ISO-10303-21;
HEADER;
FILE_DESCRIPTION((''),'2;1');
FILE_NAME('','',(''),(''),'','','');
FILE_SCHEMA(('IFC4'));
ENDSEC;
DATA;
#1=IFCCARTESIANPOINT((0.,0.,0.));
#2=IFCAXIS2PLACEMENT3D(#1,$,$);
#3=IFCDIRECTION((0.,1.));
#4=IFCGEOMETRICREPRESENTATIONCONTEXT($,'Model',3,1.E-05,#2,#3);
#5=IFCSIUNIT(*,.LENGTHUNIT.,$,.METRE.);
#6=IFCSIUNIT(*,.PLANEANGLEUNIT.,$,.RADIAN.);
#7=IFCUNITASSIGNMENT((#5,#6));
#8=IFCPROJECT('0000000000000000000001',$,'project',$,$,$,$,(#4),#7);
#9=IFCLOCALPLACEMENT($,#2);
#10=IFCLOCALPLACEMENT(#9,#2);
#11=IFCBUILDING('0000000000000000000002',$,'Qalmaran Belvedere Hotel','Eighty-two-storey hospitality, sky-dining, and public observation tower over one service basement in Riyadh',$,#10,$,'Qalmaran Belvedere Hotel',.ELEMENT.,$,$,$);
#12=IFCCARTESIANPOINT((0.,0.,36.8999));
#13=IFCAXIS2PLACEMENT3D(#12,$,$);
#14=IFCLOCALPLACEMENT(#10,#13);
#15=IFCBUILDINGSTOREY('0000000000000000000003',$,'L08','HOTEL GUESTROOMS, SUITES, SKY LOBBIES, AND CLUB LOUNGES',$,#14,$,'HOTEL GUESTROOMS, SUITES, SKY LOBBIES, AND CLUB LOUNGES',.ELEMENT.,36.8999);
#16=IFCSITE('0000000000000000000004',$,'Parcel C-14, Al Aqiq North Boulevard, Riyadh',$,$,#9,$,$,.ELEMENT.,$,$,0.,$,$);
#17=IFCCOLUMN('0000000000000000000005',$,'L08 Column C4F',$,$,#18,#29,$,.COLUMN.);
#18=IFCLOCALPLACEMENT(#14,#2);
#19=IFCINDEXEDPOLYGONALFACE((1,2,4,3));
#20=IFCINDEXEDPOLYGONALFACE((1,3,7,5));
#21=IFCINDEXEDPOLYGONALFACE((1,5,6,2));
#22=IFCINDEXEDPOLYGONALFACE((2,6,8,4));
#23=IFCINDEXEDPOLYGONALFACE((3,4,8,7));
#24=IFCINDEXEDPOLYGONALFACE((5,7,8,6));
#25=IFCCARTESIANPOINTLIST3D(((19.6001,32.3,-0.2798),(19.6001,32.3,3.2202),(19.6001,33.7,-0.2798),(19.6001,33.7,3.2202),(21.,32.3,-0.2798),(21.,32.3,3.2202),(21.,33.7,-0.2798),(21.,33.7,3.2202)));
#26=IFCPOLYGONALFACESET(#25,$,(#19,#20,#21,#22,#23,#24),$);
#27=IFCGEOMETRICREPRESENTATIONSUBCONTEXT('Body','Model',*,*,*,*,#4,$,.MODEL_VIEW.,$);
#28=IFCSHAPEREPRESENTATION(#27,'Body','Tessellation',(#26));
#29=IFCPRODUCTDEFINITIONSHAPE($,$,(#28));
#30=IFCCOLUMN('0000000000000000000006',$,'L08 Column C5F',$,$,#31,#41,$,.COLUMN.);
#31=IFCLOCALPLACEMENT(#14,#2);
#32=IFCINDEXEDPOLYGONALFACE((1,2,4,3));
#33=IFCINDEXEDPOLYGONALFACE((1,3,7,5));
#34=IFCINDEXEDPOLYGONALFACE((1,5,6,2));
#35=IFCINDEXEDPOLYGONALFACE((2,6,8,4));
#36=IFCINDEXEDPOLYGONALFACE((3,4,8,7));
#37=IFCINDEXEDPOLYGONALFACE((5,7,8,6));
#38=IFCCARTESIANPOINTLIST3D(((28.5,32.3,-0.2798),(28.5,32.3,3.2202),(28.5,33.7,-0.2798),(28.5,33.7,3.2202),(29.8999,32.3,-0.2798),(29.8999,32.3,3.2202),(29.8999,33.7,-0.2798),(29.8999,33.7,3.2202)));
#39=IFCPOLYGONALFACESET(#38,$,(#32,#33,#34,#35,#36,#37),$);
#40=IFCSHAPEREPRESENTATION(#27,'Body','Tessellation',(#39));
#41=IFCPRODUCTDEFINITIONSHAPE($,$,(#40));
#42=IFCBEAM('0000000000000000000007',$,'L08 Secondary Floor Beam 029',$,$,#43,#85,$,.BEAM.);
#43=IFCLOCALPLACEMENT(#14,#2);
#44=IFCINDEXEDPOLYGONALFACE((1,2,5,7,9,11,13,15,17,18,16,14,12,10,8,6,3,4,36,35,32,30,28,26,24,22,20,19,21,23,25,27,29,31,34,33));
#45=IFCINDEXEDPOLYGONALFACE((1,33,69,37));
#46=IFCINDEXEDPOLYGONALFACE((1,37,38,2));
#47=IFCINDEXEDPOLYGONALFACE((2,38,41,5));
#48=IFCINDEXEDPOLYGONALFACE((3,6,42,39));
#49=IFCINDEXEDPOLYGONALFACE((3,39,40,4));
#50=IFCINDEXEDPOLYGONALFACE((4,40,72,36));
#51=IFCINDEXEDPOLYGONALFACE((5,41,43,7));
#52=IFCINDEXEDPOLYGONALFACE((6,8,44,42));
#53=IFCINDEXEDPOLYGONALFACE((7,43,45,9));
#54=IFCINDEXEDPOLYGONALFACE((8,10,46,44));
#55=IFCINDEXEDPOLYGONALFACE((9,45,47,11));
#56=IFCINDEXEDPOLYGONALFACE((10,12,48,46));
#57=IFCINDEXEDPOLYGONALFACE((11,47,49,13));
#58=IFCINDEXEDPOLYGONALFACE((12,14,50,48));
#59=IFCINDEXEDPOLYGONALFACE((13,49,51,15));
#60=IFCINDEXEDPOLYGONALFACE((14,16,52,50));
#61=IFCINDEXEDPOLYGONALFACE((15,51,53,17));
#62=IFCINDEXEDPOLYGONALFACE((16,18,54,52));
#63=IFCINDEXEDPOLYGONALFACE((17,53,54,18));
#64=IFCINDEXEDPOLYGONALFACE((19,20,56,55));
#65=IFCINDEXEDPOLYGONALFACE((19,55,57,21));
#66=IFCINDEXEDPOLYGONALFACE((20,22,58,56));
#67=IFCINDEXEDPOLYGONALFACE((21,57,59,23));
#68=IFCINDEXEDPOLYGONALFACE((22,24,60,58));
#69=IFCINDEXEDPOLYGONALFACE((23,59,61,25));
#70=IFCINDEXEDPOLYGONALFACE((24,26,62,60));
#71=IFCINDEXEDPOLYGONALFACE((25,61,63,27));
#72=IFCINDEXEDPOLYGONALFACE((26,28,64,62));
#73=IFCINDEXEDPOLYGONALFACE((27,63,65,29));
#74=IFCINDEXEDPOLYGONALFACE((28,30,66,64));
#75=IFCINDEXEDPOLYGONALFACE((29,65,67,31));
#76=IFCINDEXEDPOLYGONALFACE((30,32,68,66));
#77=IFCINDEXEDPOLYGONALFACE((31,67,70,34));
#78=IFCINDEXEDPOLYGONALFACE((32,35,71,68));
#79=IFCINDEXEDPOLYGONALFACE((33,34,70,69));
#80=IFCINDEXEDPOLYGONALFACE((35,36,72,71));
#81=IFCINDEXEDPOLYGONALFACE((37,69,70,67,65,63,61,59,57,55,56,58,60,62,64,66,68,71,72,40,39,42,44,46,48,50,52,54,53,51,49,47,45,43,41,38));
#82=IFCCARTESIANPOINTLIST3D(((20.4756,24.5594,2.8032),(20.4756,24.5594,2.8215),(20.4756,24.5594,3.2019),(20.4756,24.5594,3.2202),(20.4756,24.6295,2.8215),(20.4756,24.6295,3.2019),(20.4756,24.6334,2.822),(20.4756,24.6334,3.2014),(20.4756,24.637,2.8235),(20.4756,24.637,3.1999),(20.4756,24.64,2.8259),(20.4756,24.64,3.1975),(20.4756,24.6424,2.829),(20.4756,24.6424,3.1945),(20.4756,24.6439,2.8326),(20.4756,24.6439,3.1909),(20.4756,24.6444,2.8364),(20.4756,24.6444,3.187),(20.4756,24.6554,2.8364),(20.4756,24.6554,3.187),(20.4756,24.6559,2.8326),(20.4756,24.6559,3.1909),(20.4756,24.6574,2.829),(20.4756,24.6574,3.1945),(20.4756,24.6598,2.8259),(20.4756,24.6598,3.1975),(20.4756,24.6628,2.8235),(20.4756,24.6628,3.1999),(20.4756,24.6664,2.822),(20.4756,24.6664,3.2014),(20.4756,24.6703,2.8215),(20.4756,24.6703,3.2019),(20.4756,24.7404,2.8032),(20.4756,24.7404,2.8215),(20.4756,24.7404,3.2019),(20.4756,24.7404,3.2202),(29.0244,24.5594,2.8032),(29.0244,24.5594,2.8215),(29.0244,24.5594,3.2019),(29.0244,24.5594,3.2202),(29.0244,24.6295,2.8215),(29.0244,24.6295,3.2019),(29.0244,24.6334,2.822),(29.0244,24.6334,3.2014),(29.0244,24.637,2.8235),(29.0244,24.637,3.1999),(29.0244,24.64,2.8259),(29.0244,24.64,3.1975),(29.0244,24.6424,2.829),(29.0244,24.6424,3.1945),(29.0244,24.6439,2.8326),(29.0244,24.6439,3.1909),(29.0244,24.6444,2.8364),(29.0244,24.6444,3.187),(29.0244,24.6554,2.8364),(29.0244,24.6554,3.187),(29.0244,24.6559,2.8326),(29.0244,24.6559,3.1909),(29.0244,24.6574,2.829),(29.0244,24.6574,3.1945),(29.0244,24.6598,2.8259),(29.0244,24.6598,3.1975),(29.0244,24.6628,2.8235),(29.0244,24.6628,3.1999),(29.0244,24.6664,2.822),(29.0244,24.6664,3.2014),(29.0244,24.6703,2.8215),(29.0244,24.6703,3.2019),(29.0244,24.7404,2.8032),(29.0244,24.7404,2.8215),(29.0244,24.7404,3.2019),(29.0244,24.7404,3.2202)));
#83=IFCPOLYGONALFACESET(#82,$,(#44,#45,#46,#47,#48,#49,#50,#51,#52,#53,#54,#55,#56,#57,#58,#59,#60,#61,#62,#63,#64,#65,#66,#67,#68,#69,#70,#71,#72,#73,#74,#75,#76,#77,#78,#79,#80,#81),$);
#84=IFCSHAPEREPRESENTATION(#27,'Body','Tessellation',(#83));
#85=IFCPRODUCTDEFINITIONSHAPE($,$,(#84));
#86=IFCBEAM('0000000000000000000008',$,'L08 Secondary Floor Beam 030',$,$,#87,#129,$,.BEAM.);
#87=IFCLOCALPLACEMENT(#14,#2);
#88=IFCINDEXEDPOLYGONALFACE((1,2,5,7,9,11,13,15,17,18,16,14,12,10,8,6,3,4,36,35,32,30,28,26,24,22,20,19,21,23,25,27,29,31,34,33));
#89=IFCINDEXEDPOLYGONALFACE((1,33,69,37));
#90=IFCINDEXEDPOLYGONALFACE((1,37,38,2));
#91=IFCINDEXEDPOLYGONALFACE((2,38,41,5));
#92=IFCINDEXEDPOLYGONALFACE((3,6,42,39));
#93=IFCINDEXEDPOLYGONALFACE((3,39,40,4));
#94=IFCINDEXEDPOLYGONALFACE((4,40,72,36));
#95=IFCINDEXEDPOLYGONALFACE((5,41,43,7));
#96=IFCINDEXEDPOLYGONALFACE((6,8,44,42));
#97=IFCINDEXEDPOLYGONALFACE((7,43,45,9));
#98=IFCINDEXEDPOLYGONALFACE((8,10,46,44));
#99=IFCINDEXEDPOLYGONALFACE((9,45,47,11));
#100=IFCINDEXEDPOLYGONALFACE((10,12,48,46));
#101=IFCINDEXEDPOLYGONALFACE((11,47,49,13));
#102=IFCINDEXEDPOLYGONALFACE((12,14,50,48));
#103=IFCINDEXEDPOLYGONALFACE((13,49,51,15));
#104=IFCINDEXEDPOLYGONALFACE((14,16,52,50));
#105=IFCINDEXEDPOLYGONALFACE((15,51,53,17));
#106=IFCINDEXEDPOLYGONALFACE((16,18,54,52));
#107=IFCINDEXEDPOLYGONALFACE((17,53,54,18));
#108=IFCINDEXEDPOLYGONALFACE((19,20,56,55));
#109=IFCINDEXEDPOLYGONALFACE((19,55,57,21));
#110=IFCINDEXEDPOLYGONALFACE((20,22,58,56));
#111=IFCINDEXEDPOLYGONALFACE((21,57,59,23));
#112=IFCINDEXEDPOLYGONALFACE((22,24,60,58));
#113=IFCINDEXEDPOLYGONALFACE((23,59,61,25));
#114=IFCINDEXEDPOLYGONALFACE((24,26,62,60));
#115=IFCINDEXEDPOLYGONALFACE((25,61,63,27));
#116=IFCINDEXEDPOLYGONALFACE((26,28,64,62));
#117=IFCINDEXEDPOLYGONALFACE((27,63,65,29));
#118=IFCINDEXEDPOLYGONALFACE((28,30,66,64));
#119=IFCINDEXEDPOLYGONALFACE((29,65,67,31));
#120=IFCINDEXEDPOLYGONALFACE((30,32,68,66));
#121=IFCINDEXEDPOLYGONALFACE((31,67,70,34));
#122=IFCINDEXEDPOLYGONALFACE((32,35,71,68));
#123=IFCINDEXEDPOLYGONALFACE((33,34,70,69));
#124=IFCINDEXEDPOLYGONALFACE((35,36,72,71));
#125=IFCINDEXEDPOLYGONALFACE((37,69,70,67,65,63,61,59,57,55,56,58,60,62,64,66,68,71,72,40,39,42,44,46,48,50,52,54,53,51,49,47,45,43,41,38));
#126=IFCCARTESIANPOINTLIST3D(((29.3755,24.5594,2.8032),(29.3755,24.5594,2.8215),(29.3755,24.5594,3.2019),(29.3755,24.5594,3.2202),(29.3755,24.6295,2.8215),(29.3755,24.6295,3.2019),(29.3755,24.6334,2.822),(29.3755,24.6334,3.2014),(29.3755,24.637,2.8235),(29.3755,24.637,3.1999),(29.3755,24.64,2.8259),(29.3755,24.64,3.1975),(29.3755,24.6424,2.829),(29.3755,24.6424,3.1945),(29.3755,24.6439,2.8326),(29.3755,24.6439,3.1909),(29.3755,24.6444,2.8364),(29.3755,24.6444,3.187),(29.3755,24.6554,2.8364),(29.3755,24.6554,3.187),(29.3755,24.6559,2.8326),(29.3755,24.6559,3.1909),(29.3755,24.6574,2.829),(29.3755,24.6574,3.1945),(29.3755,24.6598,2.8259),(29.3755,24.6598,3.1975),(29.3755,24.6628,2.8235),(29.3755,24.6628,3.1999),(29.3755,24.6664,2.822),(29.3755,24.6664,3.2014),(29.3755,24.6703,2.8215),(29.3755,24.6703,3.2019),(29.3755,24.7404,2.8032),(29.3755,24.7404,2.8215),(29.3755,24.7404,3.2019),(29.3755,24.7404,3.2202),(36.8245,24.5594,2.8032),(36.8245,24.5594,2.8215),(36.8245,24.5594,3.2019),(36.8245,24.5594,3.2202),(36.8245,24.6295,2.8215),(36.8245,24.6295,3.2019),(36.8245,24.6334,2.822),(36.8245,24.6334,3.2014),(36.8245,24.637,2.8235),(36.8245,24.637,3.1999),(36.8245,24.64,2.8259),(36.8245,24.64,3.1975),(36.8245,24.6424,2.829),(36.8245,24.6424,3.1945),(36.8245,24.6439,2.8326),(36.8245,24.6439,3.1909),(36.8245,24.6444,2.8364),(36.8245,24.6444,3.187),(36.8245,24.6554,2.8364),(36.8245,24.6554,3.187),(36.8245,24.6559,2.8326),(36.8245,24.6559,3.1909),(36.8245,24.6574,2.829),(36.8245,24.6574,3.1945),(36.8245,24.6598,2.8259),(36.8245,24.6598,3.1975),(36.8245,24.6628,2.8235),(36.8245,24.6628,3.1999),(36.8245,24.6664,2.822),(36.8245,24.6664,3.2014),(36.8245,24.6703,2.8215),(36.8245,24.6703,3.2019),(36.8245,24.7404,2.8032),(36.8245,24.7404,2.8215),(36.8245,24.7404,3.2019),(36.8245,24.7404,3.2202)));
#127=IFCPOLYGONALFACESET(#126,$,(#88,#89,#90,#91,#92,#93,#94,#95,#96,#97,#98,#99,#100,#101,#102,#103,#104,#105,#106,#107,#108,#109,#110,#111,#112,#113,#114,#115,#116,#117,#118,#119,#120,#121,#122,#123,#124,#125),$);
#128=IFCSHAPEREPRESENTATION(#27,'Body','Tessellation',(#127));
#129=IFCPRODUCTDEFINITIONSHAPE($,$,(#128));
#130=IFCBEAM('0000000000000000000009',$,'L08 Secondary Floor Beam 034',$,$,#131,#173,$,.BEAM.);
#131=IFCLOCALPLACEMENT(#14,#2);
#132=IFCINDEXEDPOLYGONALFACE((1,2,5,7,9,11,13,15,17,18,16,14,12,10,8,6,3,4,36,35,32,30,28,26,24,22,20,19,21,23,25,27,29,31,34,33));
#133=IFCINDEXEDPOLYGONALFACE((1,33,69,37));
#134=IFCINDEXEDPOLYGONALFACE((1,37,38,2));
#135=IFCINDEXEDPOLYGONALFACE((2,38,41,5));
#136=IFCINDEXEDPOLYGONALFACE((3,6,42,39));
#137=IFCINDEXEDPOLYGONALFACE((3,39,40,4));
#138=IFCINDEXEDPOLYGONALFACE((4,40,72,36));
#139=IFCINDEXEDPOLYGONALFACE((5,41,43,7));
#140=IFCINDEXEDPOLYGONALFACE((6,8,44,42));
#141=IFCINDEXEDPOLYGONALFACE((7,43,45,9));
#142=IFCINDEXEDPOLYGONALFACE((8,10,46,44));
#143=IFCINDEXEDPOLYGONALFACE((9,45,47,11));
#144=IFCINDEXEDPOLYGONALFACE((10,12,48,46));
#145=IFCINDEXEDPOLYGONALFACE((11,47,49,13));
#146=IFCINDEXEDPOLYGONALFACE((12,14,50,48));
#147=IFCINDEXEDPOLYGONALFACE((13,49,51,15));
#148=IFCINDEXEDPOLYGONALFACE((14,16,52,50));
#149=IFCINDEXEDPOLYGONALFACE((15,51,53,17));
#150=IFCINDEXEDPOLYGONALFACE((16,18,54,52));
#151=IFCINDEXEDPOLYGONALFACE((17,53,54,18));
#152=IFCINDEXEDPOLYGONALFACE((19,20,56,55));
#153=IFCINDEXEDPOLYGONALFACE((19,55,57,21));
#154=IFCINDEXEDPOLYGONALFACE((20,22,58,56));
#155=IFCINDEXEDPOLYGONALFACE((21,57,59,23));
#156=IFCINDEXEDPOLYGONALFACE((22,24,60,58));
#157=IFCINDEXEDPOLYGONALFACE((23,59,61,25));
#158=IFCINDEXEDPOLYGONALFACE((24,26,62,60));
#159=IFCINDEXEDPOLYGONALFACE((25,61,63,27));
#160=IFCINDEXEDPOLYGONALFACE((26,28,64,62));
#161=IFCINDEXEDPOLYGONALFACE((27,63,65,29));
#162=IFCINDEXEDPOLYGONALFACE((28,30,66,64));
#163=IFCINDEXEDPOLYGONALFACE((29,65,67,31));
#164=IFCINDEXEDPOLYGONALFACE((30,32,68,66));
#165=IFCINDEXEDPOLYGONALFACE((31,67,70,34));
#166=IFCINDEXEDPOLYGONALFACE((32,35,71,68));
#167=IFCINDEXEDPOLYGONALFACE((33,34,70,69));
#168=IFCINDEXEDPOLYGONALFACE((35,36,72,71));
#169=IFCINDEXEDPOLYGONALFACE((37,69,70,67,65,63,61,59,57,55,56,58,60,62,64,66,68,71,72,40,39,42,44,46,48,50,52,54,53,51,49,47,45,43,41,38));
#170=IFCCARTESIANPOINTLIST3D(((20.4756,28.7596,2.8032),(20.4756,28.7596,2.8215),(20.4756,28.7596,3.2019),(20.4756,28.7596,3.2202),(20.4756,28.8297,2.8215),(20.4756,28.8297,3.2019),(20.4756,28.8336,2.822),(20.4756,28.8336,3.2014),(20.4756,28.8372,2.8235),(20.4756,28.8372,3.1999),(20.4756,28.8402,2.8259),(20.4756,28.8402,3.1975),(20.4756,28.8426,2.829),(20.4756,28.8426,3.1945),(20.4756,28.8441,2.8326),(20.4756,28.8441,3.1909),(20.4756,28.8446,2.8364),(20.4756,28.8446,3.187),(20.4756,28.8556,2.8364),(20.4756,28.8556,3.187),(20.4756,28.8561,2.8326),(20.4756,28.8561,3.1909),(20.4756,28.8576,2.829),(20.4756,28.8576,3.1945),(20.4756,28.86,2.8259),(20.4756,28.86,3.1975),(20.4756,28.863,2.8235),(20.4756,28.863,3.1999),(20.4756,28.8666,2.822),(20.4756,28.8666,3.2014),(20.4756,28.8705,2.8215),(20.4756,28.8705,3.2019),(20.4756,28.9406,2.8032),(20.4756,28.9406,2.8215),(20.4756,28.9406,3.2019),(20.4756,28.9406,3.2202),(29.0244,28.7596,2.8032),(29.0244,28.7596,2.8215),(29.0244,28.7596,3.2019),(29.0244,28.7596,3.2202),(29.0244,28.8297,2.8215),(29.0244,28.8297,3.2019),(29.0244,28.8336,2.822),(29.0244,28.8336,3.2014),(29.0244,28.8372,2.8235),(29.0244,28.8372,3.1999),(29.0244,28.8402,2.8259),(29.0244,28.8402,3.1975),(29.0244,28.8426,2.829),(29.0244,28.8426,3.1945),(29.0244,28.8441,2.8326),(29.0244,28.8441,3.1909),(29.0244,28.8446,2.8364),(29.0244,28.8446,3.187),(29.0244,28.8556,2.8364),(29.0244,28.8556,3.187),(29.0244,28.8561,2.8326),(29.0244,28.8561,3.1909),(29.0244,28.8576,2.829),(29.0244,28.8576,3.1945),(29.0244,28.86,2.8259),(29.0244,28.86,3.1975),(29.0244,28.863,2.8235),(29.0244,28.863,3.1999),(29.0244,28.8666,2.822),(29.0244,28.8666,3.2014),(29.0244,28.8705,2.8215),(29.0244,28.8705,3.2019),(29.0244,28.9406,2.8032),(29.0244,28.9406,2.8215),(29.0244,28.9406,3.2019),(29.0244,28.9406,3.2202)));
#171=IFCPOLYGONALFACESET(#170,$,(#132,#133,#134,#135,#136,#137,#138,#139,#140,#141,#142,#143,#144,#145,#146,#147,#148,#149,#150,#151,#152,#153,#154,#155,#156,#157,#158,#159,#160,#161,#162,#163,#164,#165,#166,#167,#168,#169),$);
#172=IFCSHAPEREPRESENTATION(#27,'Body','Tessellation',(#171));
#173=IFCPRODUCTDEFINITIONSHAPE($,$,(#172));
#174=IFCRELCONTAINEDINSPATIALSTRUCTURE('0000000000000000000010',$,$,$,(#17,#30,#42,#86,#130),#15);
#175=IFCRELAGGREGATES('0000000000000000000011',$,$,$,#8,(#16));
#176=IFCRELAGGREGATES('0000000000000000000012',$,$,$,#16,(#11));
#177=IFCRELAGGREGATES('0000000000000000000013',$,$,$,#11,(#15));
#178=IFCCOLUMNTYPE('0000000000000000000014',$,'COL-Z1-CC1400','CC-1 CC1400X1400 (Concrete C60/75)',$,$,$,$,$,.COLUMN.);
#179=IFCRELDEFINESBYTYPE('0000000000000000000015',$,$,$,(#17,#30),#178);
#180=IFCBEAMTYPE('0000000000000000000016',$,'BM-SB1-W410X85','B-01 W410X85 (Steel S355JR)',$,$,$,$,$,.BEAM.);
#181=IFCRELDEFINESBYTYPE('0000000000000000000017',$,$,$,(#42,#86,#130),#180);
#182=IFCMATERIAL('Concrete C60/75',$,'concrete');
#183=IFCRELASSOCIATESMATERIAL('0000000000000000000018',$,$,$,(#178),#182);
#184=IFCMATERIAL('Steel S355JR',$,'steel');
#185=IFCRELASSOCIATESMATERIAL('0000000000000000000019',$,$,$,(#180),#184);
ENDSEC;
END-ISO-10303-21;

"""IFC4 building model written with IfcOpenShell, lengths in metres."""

from ifc_helpers import new_model, si_unit, direction, frame, origin, origin_2d, place, context, subcontext, project, spatial, rectangle, i_section, extrude, material, material_profile, profile_set, type_object, element, save


model = new_model("IFC4")

# Units and contexts
model_context = context("Model", 3, precision=1e-05, world=origin(), true_north=direction((0.0, 1.0)))
body_context = subcontext(model_context, "Body", "Model", "MODEL_VIEW")
ifc_project = project(units=[si_unit("LENGTHUNIT", "METRE"), si_unit("PLANEANGLEUNIT", "RADIAN")], contexts=[model_context])

# Site, building, storey
site_placement = place(None, origin())
site = spatial("IfcSite", under=ifc_project, at=site_placement, Name="Parcel C-14, Al Aqiq North Boulevard, Riyadh", CompositionType="ELEMENT", RefElevation=0.0)
building_placement = place(site_placement, origin())
building = spatial("IfcBuilding", under=site, at=building_placement, Name="Qalmaran Belvedere Hotel", Description="Eighty-two-storey hospitality, sky-dining, and public observation tower over one service basement in Riyadh", LongName="Qalmaran Belvedere Hotel", CompositionType="ELEMENT")
storey_placement = place(building_placement, frame((0.0, 0.0, 36.8999)))
storey = spatial("IfcBuildingStorey", under=building, at=storey_placement, Name="L08", Description="HOTEL GUESTROOMS, SUITES, SKY LOBBIES, AND CLUB LOUNGES", LongName="HOTEL GUESTROOMS, SUITES, SKY LOBBIES, AND CLUB LOUNGES", CompositionType="ELEMENT", Elevation=36.8999)

# Columns
ifc_material_1 = material(Name="Concrete C60/75", Category="concrete")
ifc_material_profile_1 = material_profile(ifc_material_1, rectangle(XDim=1.3999, YDim=1.3999, at=origin_2d()), Name="CC1400X1400")
ifc_profile_set_1 = profile_set([ifc_material_profile_1], Name="Concrete C60/75")
column_type = type_object("IfcColumnType", Name="COL-Z1-CC1400", Description="CC-1 CC1400X1400 (Concrete C60/75)", PredefinedType="COLUMN", material=ifc_profile_set_1)
for number, where, z_axis, x_axis, name in (
    (1, (20.3, 33.0, -0.2798), (0.0, 0.0, 1.0), (1.0, 0.0, 0.0), "L08 Column C4F"),
    (2, (29.2, 33.0, -0.2798), (0.0, 0.0, 1.0), (1.0, 0.0, 0.0), "L08 Column C5F"),
):
    element("IfcColumn", number, at=place(storey_placement, frame(where, z_axis=z_axis, x_axis=x_axis)), inside=storey, type_object=column_type, Name=name, PredefinedType="COLUMN", context=body_context, shape_type="SweptSolid", body=[
        extrude(rectangle(XDim=1.3999, YDim=1.3999, at=origin_2d()), origin(), (0.0, 0.0, 1.0), 3.5),
    ])

# Beams
ifc_material_2 = material(Name="Steel S355JR", Category="steel")
ifc_material_profile_2 = material_profile(ifc_material_2, i_section(OverallWidth=0.1809, OverallDepth=0.417, WebThickness=0.011, FlangeThickness=0.0183, FilletRadius=0.0149, at=origin_2d()), Name="W410X85")
ifc_profile_set_2 = profile_set([ifc_material_profile_2], Name="Steel S355JR")
beam_type_1 = type_object("IfcBeamType", Name="BM-SB1-W410X85", Description="B-01 W410X85 (Steel S355JR)", PredefinedType="BEAM", material=ifc_profile_set_2)
beam_1_placement = place(storey_placement, frame((20.4756, 24.6499, 3.0117), z_axis=(1.0, 0.0, 0.0), x_axis=(0.0, 1.0, 0.0)))
element("IfcBeam", 3, at=beam_1_placement, inside=storey, type_object=beam_type_1, Name="L08 Secondary Floor Beam 029", PredefinedType="BEAM", context=body_context, shape_type="SweptSolid", body=[
    extrude(i_section(OverallWidth=0.1809, OverallDepth=0.417, WebThickness=0.011, FlangeThickness=0.0183, FilletRadius=0.0149, at=origin_2d()), origin(), (0.0, 0.0, 1.0), 8.5488),
])
beam_2_placement = place(storey_placement, frame((29.3755, 24.6499, 3.0117), z_axis=(1.0, 0.0, 0.0), x_axis=(0.0, 1.0, 0.0)))
element("IfcBeam", 4, at=beam_2_placement, inside=storey, type_object=beam_type_1, Name="L08 Secondary Floor Beam 030", PredefinedType="BEAM", context=body_context, shape_type="SweptSolid", body=[
    extrude(i_section(OverallWidth=0.1809, OverallDepth=0.417, WebThickness=0.011, FlangeThickness=0.0183, FilletRadius=0.0149, at=origin_2d()), origin(), (0.0, 0.0, 1.0), 7.449),
])
beam_3_placement = place(storey_placement, frame((20.4756, 28.8501, 3.0117), z_axis=(1.0, 0.0, 0.0), x_axis=(0.0, 1.0, 0.0)))
element("IfcBeam", 5, at=beam_3_placement, inside=storey, type_object=beam_type_1, Name="L08 Secondary Floor Beam 034", PredefinedType="BEAM", context=body_context, shape_type="SweptSolid", body=[
    extrude(i_section(OverallWidth=0.1809, OverallDepth=0.417, WebThickness=0.011, FlangeThickness=0.0183, FilletRadius=0.0149, at=origin_2d()), origin(), (0.0, 0.0, 1.0), 8.5488),
])

save(model, "model.ifc")
